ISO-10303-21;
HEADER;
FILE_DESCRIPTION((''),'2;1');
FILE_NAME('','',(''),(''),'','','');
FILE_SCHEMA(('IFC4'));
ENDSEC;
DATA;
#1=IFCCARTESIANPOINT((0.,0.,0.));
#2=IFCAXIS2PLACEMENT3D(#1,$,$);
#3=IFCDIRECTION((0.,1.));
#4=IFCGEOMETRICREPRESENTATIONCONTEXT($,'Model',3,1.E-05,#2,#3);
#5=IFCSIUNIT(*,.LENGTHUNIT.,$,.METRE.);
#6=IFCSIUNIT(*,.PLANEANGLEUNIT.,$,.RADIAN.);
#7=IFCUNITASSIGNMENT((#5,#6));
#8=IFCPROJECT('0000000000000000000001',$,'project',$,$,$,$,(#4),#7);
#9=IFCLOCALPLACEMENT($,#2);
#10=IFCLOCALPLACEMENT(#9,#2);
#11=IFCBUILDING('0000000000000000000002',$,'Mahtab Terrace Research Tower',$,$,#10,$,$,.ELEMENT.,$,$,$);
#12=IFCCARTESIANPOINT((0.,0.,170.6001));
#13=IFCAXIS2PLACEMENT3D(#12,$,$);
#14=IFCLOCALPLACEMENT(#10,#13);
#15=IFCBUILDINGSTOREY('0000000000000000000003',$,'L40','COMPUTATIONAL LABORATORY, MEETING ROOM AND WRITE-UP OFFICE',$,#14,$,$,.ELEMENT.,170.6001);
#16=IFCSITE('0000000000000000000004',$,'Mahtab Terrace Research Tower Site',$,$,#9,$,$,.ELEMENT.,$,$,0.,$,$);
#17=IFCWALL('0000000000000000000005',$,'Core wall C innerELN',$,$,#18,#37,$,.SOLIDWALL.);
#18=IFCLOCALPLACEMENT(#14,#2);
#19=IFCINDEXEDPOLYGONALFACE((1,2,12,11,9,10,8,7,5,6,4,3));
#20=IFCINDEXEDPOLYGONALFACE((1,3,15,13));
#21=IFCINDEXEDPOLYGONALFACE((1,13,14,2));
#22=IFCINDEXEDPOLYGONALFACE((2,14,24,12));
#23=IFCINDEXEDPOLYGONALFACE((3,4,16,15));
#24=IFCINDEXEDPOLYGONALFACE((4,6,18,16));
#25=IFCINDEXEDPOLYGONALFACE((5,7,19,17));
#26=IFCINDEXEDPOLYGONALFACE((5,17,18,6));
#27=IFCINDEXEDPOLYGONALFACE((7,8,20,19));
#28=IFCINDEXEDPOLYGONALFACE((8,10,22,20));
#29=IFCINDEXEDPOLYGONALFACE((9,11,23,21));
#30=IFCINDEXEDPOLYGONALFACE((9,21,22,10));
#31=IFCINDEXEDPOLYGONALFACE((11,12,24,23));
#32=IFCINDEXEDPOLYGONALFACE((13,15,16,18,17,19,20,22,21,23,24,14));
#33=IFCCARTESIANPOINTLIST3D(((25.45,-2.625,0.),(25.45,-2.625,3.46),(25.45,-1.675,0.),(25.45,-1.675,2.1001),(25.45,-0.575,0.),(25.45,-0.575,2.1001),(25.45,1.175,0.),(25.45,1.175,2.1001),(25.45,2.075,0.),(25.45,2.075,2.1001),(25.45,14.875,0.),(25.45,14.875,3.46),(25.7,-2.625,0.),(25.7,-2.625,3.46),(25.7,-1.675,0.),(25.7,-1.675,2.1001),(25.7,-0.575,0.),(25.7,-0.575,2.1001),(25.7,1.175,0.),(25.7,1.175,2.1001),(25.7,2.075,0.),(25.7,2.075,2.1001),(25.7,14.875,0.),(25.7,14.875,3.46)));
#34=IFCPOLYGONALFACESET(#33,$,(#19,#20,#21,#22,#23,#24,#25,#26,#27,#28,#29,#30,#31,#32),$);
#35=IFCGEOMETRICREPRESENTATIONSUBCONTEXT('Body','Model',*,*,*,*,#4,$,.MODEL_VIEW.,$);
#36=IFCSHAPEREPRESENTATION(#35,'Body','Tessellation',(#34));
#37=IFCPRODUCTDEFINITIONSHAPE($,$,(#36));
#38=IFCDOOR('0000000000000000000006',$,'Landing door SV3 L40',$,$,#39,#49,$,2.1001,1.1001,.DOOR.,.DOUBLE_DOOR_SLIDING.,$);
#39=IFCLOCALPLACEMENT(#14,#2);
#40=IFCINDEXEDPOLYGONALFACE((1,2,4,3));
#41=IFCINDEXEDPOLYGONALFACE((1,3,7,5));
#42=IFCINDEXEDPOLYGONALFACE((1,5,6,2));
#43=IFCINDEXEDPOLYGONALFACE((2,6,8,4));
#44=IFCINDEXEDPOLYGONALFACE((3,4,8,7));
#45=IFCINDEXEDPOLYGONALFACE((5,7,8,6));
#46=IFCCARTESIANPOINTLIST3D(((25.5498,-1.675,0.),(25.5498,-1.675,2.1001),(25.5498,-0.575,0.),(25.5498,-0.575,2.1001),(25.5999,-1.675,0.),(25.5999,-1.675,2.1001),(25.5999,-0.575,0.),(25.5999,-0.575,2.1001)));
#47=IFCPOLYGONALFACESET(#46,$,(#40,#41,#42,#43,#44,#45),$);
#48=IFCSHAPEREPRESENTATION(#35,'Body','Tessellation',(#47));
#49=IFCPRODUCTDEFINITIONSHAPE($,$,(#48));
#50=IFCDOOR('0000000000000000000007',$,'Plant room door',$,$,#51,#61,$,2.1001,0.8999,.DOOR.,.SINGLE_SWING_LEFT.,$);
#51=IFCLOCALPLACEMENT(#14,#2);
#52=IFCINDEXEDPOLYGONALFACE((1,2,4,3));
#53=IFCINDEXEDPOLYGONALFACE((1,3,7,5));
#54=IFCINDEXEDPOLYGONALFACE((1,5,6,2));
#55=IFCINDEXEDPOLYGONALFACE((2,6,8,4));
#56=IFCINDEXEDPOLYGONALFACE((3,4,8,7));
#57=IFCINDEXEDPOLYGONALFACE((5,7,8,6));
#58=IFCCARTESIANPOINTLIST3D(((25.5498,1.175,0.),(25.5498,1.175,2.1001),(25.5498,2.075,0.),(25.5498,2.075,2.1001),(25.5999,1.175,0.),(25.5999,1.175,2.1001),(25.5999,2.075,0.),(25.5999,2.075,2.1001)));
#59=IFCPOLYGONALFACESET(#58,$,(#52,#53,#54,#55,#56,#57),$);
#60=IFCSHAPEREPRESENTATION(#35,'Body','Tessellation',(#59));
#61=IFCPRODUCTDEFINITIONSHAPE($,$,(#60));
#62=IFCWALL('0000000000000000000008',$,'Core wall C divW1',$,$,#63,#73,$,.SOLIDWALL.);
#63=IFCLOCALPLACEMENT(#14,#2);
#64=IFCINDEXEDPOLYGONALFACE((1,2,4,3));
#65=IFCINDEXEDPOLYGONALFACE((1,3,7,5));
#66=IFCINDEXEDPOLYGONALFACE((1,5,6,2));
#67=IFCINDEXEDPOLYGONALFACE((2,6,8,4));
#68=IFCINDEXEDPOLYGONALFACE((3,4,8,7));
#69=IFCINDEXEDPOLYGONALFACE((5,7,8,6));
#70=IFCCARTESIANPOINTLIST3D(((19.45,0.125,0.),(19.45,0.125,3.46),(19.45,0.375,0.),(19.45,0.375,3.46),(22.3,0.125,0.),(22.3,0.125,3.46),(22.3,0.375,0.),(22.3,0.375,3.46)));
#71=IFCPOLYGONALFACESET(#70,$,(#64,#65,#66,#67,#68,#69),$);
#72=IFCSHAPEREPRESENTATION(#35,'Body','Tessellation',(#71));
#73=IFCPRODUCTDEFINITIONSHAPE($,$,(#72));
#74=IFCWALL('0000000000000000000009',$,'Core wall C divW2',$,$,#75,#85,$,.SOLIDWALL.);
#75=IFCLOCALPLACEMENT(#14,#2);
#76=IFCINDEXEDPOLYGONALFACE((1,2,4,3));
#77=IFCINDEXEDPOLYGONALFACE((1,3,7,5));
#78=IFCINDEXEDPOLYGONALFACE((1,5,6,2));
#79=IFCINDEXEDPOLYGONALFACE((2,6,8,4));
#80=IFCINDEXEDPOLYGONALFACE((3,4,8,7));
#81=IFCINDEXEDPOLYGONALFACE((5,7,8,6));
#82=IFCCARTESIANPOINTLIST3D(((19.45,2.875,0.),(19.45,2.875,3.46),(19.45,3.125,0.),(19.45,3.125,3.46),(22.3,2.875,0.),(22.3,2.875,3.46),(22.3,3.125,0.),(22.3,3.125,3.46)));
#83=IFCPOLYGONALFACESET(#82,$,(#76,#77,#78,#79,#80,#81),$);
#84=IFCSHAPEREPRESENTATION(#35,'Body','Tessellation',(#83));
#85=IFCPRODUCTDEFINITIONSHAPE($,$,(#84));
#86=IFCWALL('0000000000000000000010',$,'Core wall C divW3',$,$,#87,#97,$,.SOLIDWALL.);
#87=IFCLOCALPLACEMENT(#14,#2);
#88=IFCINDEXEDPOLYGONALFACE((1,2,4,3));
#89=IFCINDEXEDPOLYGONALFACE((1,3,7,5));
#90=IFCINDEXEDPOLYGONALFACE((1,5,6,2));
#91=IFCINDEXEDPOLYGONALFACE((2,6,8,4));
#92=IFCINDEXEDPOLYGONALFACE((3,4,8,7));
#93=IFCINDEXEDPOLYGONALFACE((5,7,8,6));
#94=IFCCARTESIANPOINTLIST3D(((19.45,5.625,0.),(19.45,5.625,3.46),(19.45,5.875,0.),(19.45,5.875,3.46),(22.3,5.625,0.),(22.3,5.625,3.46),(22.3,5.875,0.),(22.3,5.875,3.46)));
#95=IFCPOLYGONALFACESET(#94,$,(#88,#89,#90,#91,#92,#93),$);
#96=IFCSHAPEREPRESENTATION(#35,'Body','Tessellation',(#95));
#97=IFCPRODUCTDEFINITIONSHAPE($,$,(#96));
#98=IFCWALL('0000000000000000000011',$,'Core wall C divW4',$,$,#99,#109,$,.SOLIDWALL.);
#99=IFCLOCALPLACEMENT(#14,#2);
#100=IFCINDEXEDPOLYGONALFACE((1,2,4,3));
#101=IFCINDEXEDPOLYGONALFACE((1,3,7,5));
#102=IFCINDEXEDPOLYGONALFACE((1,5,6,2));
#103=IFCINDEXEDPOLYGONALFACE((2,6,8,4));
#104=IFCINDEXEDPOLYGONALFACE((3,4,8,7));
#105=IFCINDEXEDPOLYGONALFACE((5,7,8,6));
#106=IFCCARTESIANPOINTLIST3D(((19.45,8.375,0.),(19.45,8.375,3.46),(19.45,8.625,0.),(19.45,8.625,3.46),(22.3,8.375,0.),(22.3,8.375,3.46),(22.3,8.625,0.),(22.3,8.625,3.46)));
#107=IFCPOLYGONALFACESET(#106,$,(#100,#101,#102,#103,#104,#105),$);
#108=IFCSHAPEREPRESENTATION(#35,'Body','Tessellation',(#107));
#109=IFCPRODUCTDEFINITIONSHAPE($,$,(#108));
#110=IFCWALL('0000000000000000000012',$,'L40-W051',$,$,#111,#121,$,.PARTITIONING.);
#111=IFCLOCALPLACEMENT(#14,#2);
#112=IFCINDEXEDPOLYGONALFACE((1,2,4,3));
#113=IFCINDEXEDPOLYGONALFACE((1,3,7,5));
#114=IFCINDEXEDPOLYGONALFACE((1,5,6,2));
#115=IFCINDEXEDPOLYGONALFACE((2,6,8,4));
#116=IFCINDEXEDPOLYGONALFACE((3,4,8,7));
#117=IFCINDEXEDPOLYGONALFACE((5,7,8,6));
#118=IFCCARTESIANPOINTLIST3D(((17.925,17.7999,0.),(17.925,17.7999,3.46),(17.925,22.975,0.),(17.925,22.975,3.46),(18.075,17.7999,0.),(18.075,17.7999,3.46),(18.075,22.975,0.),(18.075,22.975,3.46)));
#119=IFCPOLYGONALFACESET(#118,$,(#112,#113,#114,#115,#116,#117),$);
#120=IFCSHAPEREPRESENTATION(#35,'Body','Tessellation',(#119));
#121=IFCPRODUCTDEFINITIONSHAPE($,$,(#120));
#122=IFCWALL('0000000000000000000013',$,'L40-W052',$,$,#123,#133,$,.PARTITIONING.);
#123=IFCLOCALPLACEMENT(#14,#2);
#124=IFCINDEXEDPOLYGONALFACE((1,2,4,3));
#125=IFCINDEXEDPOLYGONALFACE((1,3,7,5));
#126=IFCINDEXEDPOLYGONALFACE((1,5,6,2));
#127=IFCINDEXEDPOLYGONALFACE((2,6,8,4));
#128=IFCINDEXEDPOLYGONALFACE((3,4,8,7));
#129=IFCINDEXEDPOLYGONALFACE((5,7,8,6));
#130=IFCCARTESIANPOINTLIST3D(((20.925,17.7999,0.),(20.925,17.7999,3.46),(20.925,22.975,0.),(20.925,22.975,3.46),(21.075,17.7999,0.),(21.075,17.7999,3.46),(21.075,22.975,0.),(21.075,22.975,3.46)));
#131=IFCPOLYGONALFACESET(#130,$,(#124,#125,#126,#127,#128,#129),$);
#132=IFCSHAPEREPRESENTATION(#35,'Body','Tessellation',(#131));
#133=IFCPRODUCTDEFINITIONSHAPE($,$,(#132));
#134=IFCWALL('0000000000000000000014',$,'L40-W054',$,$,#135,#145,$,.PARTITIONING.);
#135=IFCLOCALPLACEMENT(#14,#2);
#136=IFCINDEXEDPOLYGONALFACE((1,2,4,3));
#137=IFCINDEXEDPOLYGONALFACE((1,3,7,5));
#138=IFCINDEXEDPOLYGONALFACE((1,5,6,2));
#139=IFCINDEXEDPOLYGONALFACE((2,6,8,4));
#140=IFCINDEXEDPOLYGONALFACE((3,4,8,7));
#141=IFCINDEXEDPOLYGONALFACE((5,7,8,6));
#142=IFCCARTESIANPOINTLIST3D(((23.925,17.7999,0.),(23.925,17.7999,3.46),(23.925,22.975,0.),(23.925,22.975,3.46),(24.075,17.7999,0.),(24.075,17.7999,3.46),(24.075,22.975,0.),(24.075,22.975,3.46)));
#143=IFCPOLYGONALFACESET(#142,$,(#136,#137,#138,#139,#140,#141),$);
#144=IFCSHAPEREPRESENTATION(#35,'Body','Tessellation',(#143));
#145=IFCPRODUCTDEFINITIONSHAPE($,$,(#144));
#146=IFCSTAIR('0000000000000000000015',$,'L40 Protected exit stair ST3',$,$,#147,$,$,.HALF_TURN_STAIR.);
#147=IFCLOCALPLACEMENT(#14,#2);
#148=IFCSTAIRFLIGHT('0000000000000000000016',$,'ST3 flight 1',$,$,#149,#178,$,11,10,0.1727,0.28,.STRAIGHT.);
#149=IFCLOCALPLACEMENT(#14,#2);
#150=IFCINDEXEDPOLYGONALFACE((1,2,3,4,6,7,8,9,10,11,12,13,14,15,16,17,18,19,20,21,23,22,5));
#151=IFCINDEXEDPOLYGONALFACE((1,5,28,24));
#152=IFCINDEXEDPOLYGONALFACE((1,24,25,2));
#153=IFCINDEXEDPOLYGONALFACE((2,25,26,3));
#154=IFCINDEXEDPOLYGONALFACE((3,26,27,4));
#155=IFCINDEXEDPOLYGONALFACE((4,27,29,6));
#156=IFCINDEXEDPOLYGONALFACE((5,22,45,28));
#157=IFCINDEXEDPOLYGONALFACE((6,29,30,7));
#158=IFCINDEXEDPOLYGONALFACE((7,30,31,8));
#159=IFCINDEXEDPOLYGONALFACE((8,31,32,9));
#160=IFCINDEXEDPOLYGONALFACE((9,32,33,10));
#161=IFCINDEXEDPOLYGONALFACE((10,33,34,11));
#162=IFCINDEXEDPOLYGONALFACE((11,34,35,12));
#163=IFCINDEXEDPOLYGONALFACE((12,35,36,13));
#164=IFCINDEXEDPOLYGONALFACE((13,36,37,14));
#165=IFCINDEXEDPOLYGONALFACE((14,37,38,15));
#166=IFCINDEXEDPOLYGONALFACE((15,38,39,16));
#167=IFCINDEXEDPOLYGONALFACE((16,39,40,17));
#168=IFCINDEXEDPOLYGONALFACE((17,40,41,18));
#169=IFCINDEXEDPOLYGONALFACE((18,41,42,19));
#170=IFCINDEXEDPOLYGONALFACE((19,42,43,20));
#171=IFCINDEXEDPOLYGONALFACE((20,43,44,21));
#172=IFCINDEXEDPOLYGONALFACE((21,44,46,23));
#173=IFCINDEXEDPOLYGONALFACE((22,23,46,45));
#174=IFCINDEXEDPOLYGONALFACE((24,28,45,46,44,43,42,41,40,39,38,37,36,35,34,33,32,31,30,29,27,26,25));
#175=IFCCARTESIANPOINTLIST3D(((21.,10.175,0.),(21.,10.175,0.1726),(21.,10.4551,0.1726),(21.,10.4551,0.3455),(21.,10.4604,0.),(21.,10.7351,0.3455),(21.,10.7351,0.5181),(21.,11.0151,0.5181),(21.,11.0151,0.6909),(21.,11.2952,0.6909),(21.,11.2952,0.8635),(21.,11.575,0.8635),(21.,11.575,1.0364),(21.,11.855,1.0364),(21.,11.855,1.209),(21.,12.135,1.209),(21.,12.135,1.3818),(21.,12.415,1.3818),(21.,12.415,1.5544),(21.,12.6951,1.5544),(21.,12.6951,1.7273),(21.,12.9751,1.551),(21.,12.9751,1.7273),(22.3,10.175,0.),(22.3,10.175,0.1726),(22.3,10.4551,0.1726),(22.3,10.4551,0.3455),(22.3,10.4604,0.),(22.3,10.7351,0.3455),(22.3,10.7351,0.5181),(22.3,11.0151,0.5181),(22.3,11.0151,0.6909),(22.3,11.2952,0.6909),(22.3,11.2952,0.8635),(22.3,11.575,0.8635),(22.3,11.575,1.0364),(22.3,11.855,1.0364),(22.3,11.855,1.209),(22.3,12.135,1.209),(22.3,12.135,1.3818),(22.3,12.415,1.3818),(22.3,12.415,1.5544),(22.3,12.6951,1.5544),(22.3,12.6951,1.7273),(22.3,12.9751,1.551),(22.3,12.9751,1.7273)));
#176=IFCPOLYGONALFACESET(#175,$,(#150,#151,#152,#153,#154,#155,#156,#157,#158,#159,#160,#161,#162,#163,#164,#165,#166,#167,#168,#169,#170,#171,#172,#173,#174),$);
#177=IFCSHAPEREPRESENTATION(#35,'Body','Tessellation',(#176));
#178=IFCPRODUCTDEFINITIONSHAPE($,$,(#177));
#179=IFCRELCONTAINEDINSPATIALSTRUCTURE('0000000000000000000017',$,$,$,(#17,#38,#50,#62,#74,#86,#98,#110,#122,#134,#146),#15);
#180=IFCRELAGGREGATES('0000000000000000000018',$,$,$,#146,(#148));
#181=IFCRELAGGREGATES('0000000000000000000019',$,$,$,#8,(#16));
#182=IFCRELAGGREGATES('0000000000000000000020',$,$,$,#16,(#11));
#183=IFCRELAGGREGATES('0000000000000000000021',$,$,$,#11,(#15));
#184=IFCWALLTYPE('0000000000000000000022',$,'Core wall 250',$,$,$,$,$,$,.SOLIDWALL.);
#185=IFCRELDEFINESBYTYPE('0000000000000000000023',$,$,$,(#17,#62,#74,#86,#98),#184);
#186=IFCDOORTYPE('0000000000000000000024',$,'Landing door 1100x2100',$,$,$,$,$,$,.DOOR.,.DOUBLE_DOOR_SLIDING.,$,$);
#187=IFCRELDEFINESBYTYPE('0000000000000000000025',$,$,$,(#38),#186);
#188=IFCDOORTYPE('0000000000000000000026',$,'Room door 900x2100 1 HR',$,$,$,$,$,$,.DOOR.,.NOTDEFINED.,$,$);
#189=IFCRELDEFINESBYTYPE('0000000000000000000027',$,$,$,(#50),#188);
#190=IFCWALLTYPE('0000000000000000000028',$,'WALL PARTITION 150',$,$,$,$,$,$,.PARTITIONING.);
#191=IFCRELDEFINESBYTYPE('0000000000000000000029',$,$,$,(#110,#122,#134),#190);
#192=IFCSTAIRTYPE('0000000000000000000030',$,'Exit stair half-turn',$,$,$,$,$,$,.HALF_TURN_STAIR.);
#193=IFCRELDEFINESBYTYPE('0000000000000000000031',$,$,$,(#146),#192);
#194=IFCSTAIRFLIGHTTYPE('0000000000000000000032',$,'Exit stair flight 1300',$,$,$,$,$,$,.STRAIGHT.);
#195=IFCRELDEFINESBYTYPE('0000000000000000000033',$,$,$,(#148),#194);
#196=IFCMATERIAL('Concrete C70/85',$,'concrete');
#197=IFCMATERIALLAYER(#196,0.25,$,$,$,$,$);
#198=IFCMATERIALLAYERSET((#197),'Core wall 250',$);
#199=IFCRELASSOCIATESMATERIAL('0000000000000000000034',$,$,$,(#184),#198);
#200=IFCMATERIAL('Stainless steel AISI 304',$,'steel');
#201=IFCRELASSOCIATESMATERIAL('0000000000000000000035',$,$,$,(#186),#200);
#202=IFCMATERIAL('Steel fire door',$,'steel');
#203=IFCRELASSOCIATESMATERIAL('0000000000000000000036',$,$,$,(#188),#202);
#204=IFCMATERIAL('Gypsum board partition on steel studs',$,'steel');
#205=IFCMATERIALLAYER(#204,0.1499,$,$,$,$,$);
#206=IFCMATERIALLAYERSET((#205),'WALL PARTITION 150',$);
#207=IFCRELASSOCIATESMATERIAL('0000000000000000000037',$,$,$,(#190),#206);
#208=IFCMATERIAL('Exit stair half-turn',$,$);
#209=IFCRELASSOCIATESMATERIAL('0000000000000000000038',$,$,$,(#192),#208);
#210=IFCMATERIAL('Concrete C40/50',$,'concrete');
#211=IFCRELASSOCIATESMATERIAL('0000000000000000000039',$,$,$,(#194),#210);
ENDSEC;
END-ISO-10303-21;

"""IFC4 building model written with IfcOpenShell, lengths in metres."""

from ifc_helpers import new_model, si_unit, direction, frame, frame_2d, origin, place, context, subcontext, project, spatial, polyline, rectangle, outline, extrude, material, layer, layer_set, type_object, element, fill, aggregate, save


model = new_model("IFC4")

# Units and contexts
model_context = context("Model", 3, precision=1e-05, world=origin(), true_north=direction((0.0, 1.0)))
body_context = subcontext(model_context, "Body", "Model", "MODEL_VIEW")
ifc_project = project(units=[si_unit("LENGTHUNIT", "METRE"), si_unit("PLANEANGLEUNIT", "RADIAN")], contexts=[model_context])

# Site, building, storey
site_placement = place(None, origin())
site = spatial("IfcSite", under=ifc_project, at=site_placement, Name="Mahtab Terrace Research Tower Site", CompositionType="ELEMENT", RefElevation=0.0)
building_placement = place(site_placement, origin())
building = spatial("IfcBuilding", under=site, at=building_placement, Name="Mahtab Terrace Research Tower", CompositionType="ELEMENT")
storey_placement = place(building_placement, frame((0.0, 0.0, 170.6001)))
storey = spatial("IfcBuildingStorey", under=building, at=storey_placement, Name="L40", Description="COMPUTATIONAL LABORATORY, MEETING ROOM AND WRITE-UP OFFICE", CompositionType="ELEMENT", Elevation=170.6001)

# Shared definitions
ifc_material_1 = material(Name="Concrete C70/85", Category="concrete")
ifc_layer_1 = layer(ifc_material_1, 0.25)
ifc_layer_set_1 = layer_set([ifc_layer_1], Name="Core wall 250")
wall_type_1 = type_object("IfcWallType", Name="Core wall 250", PredefinedType="SOLIDWALL", material=ifc_layer_set_1)

# Shared definitions
ifc_material_2 = material(Name="Steel fire door", Category="steel")

# Wall, openings, doors
wall_1_placement = place(storey_placement, frame((25.575, 14.875, 0.0), z_axis=(0.0, 0.0, 1.0), x_axis=(0.0, -1.0, 0.0)))
wall_1 = element("IfcWall", 1, at=wall_1_placement, inside=storey, type_object=wall_type_1, Name="Core wall C innerELN", PredefinedType="SOLIDWALL", context=body_context, shape_type="SweptSolid", body=[
    extrude(rectangle(XDim=17.5, YDim=0.25, at=frame_2d((8.75, 0.0))), origin(), (0.0, 0.0, 1.0), 3.46),
])
opening_1_placement = place(wall_1_placement, frame((15.45, 0.0, 0.0)))
opening_1 = element("IfcOpeningElement", 2, at=opening_1_placement, cuts=wall_1, PredefinedType="OPENING", context=body_context, shape_type="SweptSolid", body=[
    extrude(rectangle(XDim=1.1001, YDim=2.1001, at=frame_2d((0.55, 1.05))), frame((0.0, 0.135, 0.0), z_axis=(0.0, -1.0, 0.0), x_axis=(1.0, 0.0, 0.0)), (0.0, 0.0, 1.0), 0.27),
])
opening_2_placement = place(wall_1_placement, frame((12.8, 0.0, 0.0)))
opening_2 = element("IfcOpeningElement", 3, at=opening_2_placement, cuts=wall_1, PredefinedType="OPENING", context=body_context, shape_type="SweptSolid", body=[
    extrude(rectangle(XDim=0.8999, YDim=2.1001, at=frame_2d((0.45, 1.05))), frame((0.0, 0.135, 0.0), z_axis=(0.0, -1.0, 0.0), x_axis=(1.0, 0.0, 0.0)), (0.0, 0.0, 1.0), 0.27),
])
ifc_material_3 = material(Name="Stainless steel AISI 304", Category="steel")
door_type_1 = type_object("IfcDoorType", Name="Landing door 1100x2100", OperationType="DOUBLE_DOOR_SLIDING", PredefinedType="DOOR", material=ifc_material_3)
door_1_placement = place(opening_1_placement, origin())
door_1 = element("IfcDoor", 4, at=door_1_placement, inside=storey, type_object=door_type_1, Name="Landing door SV3 L40", OperationType="DOUBLE_DOOR_SLIDING", OverallHeight=2.1001, OverallWidth=1.1001, PredefinedType="DOOR", context=body_context, shape_type="SweptSolid", body=[
    extrude(rectangle(XDim=1.1001, YDim=2.1001, at=frame_2d((0.55, 1.05))), frame((0.0, 0.0249, 0.0), z_axis=(0.0, -1.0, 0.0), x_axis=(1.0, 0.0, 0.0)), (0.0, 0.0, 1.0), 0.05),
])
fill(opening_1, door_1)
door_type_2 = type_object("IfcDoorType", Name="Room door 900x2100 1 HR", OperationType="NOTDEFINED", PredefinedType="DOOR", material=ifc_material_2)
door_2_placement = place(opening_2_placement, origin())
door_2 = element("IfcDoor", 5, at=door_2_placement, inside=storey, type_object=door_type_2, Name="Plant room door", OperationType="SINGLE_SWING_LEFT", OverallHeight=2.1001, OverallWidth=0.8999, PredefinedType="DOOR", context=body_context, shape_type="SweptSolid", body=[
    extrude(rectangle(XDim=0.8999, YDim=2.1001, at=frame_2d((0.45, 1.05))), frame((0.0, 0.0249, 0.0), z_axis=(0.0, -1.0, 0.0), x_axis=(1.0, 0.0, 0.0)), (0.0, 0.0, 1.0), 0.05),
])
fill(opening_2, door_2)

# Walls
for number, where, z_axis, x_axis, name in (
    (6, (19.45, 0.25, 0.0), (0.0, 0.0, 1.0), (1.0, 0.0, 0.0), "Core wall C divW1"),
    (7, (19.45, 3.0, 0.0), (0.0, 0.0, 1.0), (1.0, 0.0, 0.0), "Core wall C divW2"),
    (8, (19.45, 5.75, 0.0), (0.0, 0.0, 1.0), (1.0, 0.0, 0.0), "Core wall C divW3"),
    (9, (19.45, 8.5, 0.0), (0.0, 0.0, 1.0), (1.0, 0.0, 0.0), "Core wall C divW4"),
):
    element("IfcWall", number, at=place(storey_placement, frame(where, z_axis=z_axis, x_axis=x_axis)), inside=storey, type_object=wall_type_1, Name=name, PredefinedType="SOLIDWALL", context=body_context, shape_type="SweptSolid", body=[
        extrude(rectangle(XDim=2.8501, YDim=0.25, at=frame_2d((1.425, 0.0))), origin(), (0.0, 0.0, 1.0), 3.46),
    ])
ifc_material_4 = material(Name="Gypsum board partition on steel studs", Category="steel")
ifc_layer_2 = layer(ifc_material_4, 0.1499)
ifc_layer_set_2 = layer_set([ifc_layer_2], Name="WALL PARTITION 150")
wall_type_2 = type_object("IfcWallType", Name="WALL PARTITION 150", PredefinedType="PARTITIONING", material=ifc_layer_set_2)
for number, where, z_axis, x_axis, name in (
    (10, (18.0, 17.8, 0.0), (0.0, 0.0, 1.0), (0.0, 1.0, 0.0), "L40-W051"),
    (11, (21.0, 17.8, 0.0), (0.0, 0.0, 1.0), (0.0, 1.0, 0.0), "L40-W052"),
    (12, (24.0, 17.8, 0.0), (0.0, 0.0, 1.0), (0.0, 1.0, 0.0), "L40-W054"),
):
    element("IfcWall", number, at=place(storey_placement, frame(where, z_axis=z_axis, x_axis=x_axis)), inside=storey, type_object=wall_type_2, Name=name, PredefinedType="PARTITIONING", context=body_context, shape_type="SweptSolid", body=[
        extrude(rectangle(XDim=5.175, YDim=0.1499, at=frame_2d((2.5874, 0.0))), origin(), (0.0, 0.0, 1.0), 3.46),
    ])

# Stair, stair flight
ifc_material_5 = material(Name="Exit stair half-turn")
stair_type = type_object("IfcStairType", Name="Exit stair half-turn", PredefinedType="HALF_TURN_STAIR", material=ifc_material_5)
stair_placement = place(storey_placement, origin())
stair = element("IfcStair", 13, at=stair_placement, inside=storey, type_object=stair_type, Name="L40 Protected exit stair ST3", PredefinedType="HALF_TURN_STAIR")
ifc_material_6 = material(Name="Concrete C40/50", Category="concrete")
stair_flight_type = type_object("IfcStairFlightType", Name="Exit stair flight 1300", PredefinedType="STRAIGHT", material=ifc_material_6)
stair_flight_1_placement = place(storey_placement, frame((21.6499, 10.175, 0.0), z_axis=(0.0, 0.0, 1.0), x_axis=(0.0, 1.0, 0.0)))
stair_flight_1 = element("IfcStairFlight", 14, at=stair_flight_1_placement, type_object=stair_flight_type, Name="ST3 flight 1", NumberOfRisers=11, NumberOfTreads=10, PredefinedType="STRAIGHT", RiserHeight=0.1727, TreadLength=0.28, context=body_context, shape_type="SweptSolid", body=[
    extrude(outline(polyline([(0.0, 0.0), (0.0, 0.1726), (0.28, 0.1726), (0.28, 0.3455), (0.5601, 0.3455), (0.5601, 0.5181), (0.8401, 0.5181), (0.8401, 0.6909), (1.1201, 0.6909), (1.1201, 0.8635), (1.3999, 0.8635), (1.3999, 1.0364), (1.6799, 1.0364), (1.6799, 1.209), (1.96, 1.209), (1.96, 1.3818), (2.24, 1.3818), (2.24, 1.5544), (2.52, 1.5544), (2.52, 1.7273), (2.8, 1.7273), (2.8, 1.8999), (2.8, 1.551), (0.2854, 0.0), (0.0, 0.0)])), frame((0.0, 0.6499, 0.0), z_axis=(0.0, -1.0, 0.0), x_axis=(1.0, 0.0, 0.0)), (0.0, 0.0, 1.0), 1.3),
])
aggregate(stair, [stair_flight_1])

save(model, "model.ifc")
